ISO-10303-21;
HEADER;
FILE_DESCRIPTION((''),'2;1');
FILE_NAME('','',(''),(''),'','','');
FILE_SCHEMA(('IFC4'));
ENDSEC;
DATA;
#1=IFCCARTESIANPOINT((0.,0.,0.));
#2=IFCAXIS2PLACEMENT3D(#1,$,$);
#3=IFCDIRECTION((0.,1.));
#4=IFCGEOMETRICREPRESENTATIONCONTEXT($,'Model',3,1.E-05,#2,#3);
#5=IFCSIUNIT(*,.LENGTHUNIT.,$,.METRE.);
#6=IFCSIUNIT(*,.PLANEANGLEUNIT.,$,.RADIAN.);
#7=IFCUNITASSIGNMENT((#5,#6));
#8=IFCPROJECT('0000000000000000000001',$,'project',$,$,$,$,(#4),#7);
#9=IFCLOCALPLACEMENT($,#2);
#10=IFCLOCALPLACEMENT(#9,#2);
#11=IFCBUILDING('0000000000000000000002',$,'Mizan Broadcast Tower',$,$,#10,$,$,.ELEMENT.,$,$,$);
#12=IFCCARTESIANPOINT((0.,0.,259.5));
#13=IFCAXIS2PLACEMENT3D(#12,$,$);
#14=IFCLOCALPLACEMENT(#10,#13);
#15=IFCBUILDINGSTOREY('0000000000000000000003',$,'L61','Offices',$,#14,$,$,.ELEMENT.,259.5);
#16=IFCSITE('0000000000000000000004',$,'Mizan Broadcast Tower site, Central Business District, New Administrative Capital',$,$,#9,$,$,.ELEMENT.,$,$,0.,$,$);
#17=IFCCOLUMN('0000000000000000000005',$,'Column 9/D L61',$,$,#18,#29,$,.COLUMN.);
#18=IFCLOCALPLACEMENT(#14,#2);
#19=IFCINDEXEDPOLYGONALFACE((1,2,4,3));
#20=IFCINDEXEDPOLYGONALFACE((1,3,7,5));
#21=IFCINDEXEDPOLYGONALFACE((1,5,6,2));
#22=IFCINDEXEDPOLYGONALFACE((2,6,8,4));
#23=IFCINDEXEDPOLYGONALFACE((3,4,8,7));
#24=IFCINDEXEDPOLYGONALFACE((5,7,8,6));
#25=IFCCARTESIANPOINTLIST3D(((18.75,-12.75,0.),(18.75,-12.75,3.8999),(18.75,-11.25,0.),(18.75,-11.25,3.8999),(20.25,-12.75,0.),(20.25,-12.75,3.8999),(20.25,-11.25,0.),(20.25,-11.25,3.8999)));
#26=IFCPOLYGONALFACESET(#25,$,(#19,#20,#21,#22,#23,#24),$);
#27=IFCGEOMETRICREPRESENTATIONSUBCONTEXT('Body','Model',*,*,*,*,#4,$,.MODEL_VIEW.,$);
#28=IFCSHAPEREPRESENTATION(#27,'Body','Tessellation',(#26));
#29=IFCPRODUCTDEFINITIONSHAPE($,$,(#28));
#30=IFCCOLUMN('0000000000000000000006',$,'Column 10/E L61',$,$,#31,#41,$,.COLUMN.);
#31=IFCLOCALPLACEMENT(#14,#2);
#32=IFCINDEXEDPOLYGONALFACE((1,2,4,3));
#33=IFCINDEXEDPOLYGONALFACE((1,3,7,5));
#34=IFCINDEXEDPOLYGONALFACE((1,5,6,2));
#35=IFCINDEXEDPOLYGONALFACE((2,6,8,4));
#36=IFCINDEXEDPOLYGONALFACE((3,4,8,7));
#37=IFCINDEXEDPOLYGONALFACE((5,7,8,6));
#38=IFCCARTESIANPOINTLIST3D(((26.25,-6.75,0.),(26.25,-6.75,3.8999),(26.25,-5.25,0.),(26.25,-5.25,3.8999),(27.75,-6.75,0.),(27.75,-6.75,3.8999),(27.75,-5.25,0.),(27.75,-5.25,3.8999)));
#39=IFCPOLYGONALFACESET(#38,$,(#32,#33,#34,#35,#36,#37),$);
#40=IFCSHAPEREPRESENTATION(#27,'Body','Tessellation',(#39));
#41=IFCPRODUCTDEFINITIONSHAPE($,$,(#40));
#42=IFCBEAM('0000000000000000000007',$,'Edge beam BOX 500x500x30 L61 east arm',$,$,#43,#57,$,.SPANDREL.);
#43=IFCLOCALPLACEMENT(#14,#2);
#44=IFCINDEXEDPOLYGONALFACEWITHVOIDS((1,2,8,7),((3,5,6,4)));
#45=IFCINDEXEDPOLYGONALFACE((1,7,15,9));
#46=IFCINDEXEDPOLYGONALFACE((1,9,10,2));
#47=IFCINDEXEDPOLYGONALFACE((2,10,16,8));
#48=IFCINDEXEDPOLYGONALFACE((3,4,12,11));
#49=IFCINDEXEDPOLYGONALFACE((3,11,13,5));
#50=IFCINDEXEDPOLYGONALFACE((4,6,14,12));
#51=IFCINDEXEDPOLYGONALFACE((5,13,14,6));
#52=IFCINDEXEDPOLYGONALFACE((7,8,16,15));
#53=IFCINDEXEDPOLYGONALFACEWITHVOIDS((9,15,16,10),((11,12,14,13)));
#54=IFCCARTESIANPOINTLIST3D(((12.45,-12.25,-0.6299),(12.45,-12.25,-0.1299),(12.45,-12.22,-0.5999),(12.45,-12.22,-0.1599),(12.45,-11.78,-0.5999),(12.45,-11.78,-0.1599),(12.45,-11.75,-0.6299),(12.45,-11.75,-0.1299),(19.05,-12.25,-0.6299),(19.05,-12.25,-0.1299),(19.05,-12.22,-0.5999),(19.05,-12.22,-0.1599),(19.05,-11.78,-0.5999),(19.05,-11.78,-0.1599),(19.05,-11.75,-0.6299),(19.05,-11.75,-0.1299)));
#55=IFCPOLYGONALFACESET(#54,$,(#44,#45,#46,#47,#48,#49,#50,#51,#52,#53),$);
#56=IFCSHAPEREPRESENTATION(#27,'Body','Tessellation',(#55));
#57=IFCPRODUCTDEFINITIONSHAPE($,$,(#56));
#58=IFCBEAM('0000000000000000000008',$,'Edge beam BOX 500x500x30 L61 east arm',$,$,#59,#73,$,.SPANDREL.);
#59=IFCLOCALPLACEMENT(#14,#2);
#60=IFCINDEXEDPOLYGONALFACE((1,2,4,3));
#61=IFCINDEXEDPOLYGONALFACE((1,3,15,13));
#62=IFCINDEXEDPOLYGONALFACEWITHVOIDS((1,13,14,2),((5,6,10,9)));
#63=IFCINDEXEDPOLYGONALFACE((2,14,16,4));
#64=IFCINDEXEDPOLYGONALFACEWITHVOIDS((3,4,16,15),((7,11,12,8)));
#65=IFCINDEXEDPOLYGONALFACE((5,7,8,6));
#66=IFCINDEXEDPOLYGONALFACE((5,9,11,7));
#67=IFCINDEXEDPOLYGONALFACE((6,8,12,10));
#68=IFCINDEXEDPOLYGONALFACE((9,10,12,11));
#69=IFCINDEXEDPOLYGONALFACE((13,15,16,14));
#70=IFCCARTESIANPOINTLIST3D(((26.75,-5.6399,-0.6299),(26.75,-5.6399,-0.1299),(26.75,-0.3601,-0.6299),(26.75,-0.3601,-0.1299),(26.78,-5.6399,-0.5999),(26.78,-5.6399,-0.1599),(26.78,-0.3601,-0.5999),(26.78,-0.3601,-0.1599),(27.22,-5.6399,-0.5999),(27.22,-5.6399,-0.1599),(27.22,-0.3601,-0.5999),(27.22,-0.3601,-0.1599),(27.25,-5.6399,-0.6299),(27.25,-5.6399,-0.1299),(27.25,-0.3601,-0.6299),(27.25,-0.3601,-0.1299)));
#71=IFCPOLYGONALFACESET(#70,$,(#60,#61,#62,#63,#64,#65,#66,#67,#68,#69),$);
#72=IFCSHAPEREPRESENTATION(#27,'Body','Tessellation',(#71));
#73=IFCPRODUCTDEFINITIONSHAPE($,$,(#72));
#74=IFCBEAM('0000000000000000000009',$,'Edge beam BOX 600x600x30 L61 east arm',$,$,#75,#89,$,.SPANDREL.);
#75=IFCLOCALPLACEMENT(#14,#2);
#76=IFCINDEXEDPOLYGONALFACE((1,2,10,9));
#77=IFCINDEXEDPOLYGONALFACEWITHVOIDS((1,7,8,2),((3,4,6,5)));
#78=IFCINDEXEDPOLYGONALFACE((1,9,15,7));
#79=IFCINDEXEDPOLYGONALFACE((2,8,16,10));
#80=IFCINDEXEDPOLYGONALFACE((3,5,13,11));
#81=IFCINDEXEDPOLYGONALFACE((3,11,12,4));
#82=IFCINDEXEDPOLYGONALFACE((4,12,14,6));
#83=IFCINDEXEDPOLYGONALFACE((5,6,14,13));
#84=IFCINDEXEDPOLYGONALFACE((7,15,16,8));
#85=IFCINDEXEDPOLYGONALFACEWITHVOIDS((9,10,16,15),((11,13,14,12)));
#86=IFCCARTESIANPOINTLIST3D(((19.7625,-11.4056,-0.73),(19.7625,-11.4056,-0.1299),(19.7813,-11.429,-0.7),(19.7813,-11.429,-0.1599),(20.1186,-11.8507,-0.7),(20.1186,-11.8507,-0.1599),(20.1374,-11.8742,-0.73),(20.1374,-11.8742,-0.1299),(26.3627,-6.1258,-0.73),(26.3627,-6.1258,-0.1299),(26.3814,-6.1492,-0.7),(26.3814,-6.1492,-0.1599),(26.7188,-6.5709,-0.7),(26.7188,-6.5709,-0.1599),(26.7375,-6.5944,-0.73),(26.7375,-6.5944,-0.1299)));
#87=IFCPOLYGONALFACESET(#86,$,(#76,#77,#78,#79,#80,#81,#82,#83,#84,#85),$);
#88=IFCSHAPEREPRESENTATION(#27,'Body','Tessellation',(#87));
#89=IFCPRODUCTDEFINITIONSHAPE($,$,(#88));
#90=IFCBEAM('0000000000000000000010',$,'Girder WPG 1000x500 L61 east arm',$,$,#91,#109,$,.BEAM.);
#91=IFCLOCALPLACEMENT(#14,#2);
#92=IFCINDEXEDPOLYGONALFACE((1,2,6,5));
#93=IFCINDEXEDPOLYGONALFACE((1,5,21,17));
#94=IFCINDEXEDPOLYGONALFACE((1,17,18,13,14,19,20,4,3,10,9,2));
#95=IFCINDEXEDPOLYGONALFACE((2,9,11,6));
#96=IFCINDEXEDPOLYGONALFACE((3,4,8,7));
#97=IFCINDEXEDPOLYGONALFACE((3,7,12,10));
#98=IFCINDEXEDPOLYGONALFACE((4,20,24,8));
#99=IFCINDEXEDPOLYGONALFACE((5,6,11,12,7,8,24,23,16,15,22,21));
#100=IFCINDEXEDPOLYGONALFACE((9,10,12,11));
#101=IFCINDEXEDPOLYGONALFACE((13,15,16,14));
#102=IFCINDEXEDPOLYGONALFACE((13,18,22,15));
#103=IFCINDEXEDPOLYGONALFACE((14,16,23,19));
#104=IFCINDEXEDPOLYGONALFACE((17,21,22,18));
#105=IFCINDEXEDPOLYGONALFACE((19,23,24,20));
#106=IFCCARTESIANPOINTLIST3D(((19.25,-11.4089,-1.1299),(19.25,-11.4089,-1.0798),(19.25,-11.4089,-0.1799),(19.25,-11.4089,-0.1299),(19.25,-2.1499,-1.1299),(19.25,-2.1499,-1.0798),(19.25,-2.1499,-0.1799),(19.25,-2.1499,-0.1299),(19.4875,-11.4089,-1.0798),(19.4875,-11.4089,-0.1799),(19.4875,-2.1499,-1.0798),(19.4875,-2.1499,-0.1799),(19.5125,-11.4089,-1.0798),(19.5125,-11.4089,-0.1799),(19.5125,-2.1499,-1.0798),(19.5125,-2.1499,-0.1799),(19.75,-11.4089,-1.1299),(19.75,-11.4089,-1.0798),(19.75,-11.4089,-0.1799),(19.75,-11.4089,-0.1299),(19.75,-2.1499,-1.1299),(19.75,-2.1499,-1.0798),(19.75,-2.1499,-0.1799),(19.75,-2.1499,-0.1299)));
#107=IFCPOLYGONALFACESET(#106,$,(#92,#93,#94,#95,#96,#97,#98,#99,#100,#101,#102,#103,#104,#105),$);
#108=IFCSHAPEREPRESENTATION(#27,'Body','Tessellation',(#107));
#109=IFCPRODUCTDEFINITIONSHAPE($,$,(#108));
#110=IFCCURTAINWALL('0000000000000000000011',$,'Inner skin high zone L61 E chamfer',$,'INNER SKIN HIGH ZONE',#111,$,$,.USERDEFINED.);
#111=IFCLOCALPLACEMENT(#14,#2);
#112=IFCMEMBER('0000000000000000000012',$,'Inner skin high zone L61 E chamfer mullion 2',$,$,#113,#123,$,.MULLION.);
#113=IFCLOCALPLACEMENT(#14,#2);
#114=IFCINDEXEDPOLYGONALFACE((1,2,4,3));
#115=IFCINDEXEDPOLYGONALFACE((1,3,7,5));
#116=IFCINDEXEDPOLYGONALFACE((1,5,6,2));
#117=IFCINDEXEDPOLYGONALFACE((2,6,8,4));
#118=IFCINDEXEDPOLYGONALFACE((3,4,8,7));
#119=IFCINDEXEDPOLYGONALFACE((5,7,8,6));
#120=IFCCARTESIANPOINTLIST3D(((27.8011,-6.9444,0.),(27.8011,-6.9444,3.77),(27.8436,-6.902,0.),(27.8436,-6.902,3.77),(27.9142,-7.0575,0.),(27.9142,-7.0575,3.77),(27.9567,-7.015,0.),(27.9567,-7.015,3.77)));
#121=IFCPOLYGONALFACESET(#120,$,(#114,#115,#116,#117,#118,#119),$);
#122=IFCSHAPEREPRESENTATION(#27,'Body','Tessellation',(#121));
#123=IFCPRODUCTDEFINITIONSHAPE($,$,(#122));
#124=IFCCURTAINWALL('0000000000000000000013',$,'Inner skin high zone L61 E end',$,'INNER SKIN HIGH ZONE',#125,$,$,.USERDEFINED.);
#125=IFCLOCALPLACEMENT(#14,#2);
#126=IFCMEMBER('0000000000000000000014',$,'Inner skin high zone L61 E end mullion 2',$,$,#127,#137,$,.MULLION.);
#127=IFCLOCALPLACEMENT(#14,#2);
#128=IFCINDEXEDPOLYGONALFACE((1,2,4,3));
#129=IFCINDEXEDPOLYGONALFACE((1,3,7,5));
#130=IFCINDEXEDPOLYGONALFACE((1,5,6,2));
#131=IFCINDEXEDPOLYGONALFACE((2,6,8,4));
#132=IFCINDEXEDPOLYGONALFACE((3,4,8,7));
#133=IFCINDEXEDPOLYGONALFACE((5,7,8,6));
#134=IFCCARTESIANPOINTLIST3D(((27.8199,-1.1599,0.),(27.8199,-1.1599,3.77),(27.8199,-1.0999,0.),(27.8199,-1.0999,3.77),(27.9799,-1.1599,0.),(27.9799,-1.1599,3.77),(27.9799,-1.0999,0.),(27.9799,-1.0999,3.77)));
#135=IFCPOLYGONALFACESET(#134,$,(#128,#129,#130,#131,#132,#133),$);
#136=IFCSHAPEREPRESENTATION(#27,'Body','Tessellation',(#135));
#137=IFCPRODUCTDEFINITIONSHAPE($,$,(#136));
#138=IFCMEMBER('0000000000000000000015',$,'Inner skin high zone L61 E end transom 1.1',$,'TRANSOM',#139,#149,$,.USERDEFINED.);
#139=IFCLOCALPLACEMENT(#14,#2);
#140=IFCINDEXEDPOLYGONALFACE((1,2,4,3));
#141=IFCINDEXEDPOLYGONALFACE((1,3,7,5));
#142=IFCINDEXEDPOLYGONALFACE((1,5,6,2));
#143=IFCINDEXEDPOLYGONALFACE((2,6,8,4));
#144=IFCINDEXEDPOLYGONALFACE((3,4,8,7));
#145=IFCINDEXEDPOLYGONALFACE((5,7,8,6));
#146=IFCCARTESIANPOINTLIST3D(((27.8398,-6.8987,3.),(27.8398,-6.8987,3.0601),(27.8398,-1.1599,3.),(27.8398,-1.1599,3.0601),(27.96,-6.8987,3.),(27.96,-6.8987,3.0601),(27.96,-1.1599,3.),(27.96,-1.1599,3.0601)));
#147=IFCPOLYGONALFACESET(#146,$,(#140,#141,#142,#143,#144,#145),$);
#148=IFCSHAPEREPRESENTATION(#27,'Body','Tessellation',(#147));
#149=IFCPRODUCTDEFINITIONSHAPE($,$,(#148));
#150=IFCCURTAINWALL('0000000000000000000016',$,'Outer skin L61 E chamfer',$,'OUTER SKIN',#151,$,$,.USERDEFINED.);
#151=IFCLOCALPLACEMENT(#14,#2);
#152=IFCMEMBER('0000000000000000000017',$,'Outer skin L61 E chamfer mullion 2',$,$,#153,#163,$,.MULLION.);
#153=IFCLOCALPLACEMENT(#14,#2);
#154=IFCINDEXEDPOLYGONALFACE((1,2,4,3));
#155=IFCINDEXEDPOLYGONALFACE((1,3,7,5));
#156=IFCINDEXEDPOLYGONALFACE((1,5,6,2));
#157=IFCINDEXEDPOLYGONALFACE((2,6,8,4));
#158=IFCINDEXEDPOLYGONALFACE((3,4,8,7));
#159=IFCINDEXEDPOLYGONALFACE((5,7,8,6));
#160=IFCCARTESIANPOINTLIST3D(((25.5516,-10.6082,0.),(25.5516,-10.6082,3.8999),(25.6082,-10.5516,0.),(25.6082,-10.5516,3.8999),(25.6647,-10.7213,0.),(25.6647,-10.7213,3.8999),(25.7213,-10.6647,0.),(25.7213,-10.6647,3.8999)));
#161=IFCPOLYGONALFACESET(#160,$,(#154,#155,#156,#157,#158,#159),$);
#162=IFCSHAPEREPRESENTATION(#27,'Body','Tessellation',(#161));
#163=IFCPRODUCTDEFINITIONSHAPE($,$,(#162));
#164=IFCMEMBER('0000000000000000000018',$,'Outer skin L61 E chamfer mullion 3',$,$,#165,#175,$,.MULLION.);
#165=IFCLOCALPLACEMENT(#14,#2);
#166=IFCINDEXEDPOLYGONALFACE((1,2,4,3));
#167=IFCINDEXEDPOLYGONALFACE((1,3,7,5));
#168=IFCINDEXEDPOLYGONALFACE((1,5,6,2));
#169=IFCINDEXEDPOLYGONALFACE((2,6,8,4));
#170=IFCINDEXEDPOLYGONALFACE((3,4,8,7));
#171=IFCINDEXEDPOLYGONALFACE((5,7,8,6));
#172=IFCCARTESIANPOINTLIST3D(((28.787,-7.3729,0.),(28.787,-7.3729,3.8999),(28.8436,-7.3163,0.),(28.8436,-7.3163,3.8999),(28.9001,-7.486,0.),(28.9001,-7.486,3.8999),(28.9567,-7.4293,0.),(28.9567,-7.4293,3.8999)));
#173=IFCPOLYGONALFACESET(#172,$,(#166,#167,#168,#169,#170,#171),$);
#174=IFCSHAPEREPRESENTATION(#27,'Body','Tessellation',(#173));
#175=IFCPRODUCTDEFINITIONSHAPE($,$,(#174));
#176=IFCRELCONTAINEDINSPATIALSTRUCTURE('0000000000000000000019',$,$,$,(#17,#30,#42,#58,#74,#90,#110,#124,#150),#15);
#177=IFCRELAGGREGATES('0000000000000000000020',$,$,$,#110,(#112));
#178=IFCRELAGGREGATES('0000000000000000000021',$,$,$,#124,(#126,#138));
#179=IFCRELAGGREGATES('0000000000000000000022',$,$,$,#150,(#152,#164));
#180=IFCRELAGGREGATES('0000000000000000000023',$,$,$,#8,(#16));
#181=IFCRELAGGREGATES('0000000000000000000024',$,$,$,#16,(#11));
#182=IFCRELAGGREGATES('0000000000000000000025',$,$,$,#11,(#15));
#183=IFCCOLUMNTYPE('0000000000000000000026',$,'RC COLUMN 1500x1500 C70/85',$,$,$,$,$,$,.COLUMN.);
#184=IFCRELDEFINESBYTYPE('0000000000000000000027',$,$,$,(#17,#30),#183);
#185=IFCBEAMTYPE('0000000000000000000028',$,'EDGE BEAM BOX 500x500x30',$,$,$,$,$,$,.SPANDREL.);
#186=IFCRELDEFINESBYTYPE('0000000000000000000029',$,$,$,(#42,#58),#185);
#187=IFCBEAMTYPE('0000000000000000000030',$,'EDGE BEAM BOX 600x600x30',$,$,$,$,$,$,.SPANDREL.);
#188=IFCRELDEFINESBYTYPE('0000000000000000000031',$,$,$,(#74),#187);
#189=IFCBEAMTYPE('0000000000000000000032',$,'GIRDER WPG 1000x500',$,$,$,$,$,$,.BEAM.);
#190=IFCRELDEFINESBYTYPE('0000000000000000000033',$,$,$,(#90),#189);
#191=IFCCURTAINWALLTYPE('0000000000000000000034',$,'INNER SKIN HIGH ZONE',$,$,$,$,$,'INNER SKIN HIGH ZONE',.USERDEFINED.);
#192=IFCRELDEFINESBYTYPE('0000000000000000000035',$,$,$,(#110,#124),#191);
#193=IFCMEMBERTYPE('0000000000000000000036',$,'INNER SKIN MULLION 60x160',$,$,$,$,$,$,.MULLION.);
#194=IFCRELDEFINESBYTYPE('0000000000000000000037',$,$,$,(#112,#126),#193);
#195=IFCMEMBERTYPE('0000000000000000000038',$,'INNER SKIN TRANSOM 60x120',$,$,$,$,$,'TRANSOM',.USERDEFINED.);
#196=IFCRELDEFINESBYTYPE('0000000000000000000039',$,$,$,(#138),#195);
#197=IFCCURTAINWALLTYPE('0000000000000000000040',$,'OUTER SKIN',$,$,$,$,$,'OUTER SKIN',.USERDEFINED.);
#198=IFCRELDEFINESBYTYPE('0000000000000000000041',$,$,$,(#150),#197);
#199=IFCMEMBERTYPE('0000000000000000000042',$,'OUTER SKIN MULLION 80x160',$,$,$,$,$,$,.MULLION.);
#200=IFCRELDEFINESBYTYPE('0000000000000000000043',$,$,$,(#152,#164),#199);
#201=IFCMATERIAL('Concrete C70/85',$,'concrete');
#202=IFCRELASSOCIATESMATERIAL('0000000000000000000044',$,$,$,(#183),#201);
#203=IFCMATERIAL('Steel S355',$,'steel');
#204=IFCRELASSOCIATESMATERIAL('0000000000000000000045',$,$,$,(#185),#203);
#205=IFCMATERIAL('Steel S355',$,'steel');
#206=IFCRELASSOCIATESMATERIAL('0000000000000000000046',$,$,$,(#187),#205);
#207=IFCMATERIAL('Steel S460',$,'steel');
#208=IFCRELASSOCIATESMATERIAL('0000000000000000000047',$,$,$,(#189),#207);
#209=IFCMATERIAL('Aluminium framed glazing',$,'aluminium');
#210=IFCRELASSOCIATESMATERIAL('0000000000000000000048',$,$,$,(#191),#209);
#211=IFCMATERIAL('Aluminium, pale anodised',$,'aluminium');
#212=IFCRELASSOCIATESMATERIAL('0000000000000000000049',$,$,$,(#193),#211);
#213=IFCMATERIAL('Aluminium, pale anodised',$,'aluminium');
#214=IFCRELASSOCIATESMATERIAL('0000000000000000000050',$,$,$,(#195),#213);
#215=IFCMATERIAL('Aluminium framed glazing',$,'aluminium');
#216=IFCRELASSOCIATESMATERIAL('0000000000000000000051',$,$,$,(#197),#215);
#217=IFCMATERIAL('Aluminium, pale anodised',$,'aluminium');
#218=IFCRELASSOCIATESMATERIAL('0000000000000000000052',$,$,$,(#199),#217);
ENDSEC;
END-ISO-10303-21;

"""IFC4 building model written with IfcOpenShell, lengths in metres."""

from ifc_helpers import new_model, si_unit, direction, frame, origin, origin_2d, place, context, subcontext, project, spatial, rectangle, hollow_rectangle, i_section, extrude, material, material_profile, profile_set, type_object, element, aggregate, save


model = new_model("IFC4")

# Units and contexts
model_context = context("Model", 3, precision=1e-05, world=origin(), true_north=direction((0.0, 1.0)))
body_context = subcontext(model_context, "Body", "Model", "MODEL_VIEW")
ifc_project = project(units=[si_unit("LENGTHUNIT", "METRE"), si_unit("PLANEANGLEUNIT", "RADIAN")], contexts=[model_context])

# Site, building, storey
site_placement = place(None, origin())
site = spatial("IfcSite", under=ifc_project, at=site_placement, Name="Mizan Broadcast Tower site, Central Business District, New Administrative Capital", CompositionType="ELEMENT", RefElevation=0.0)
building_placement = place(site_placement, origin())
building = spatial("IfcBuilding", under=site, at=building_placement, Name="Mizan Broadcast Tower", CompositionType="ELEMENT")
storey_placement = place(building_placement, frame((0.0, 0.0, 259.5)))
storey = spatial("IfcBuildingStorey", under=building, at=storey_placement, Name="L61", Description="Offices", CompositionType="ELEMENT", Elevation=259.5)

# Columns
ifc_material_1 = material(Name="Concrete C70/85", Category="concrete")
ifc_material_profile_1 = material_profile(ifc_material_1, rectangle(XDim=1.5, YDim=1.5, at=origin_2d()), Name="RC 1500x1500")
ifc_profile_set_1 = profile_set([ifc_material_profile_1], Name="Concrete C70/85")
column_type = type_object("IfcColumnType", Name="RC COLUMN 1500x1500 C70/85", PredefinedType="COLUMN", material=ifc_profile_set_1)
for number, where, z_axis, x_axis, name in (
    (1, (19.5, -12.0, 0.0), (0.0, 0.0, 1.0), (1.0, 0.0, 0.0), "Column 9/D L61"),
    (2, (27.0, -6.0, 0.0), (0.0, 0.0, 1.0), (1.0, 0.0, 0.0), "Column 10/E L61"),
):
    element("IfcColumn", number, at=place(storey_placement, frame(where, z_axis=z_axis, x_axis=x_axis)), inside=storey, type_object=column_type, Name=name, PredefinedType="COLUMN", context=body_context, shape_type="SweptSolid", body=[
        extrude(rectangle(XDim=1.5, YDim=1.5, at=origin_2d()), origin(), (0.0, 0.0, 1.0), 3.8999),
    ])

# Beams
ifc_material_2 = material(Name="Steel S355", Category="steel")
ifc_material_profile_2 = material_profile(ifc_material_2, hollow_rectangle(XDim=0.5, YDim=0.5, WallThickness=0.03, at=origin_2d()), Name="BOX 500x500x30")
ifc_profile_set_2 = profile_set([ifc_material_profile_2], Name="Steel S355")
beam_type_1 = type_object("IfcBeamType", Name="EDGE BEAM BOX 500x500x30", PredefinedType="SPANDREL", material=ifc_profile_set_2)
beam_1_placement = place(storey_placement, frame((12.45, -12.0, -0.3799), z_axis=(1.0, 0.0, 0.0), x_axis=(0.0, 1.0, 0.0)))
element("IfcBeam", 3, at=beam_1_placement, inside=storey, type_object=beam_type_1, Name="Edge beam BOX 500x500x30 L61 east arm", PredefinedType="SPANDREL", context=body_context, shape_type="SweptSolid", body=[
    extrude(hollow_rectangle(XDim=0.5, YDim=0.5, WallThickness=0.03, at=origin_2d()), origin(), (0.0, 0.0, 1.0), 6.6001),
])
beam_2_placement = place(storey_placement, frame((27.0, -5.6399, -0.3799), z_axis=(0.0, 1.0, 0.0), x_axis=(-1.0, 0.0, 0.0)))
element("IfcBeam", 4, at=beam_2_placement, inside=storey, type_object=beam_type_1, Name="Edge beam BOX 500x500x30 L61 east arm", PredefinedType="SPANDREL", context=body_context, shape_type="SweptSolid", body=[
    extrude(hollow_rectangle(XDim=0.5, YDim=0.5, WallThickness=0.03, at=origin_2d()), origin(), (0.0, 0.0, 1.0), 5.2798),
])
ifc_material_3 = material(Name="Steel S355", Category="steel")
ifc_material_profile_3 = material_profile(ifc_material_3, hollow_rectangle(XDim=0.6001, YDim=0.6001, WallThickness=0.03, at=origin_2d()), Name="BOX 600x600x30")
ifc_profile_set_3 = profile_set([ifc_material_profile_3], Name="Steel S355")
beam_type_2 = type_object("IfcBeamType", Name="EDGE BEAM BOX 600x600x30", PredefinedType="SPANDREL", material=ifc_profile_set_3)
beam_3_placement = place(storey_placement, frame((19.95, -11.6399, -0.4299), z_axis=(0.780886, 0.624674, 0.0), x_axis=(-0.624674, 0.780886, 0.0)))
element("IfcBeam", 5, at=beam_3_placement, inside=storey, type_object=beam_type_2, Name="Edge beam BOX 600x600x30 L61 east arm", PredefinedType="SPANDREL", context=body_context, shape_type="SweptSolid", body=[
    extrude(hollow_rectangle(XDim=0.6001, YDim=0.6001, WallThickness=0.03, at=origin_2d()), origin(), (0.0, 0.0, 1.0), 8.4521),
])
ifc_material_4 = material(Name="Steel S460", Category="steel")
ifc_material_profile_4 = material_profile(ifc_material_4, i_section(OverallWidth=0.5, OverallDepth=1.0, WebThickness=0.0249, FlangeThickness=0.05, at=origin_2d()), Name="WPG 1000x500")
ifc_profile_set_4 = profile_set([ifc_material_profile_4], Name="Steel S460")
beam_type_3 = type_object("IfcBeamType", Name="GIRDER WPG 1000x500", PredefinedType="BEAM", material=ifc_profile_set_4)
beam_4_placement = place(storey_placement, frame((19.5, -11.4089, -0.6299), z_axis=(0.0, 1.0, 0.0), x_axis=(-1.0, 0.0, 0.0)))
element("IfcBeam", 6, at=beam_4_placement, inside=storey, type_object=beam_type_3, Name="Girder WPG 1000x500 L61 east arm", PredefinedType="BEAM", context=body_context, shape_type="SweptSolid", body=[
    extrude(i_section(OverallWidth=0.5, OverallDepth=1.0, WebThickness=0.0249, FlangeThickness=0.05, at=origin_2d()), origin(), (0.0, 0.0, 1.0), 9.259),
])

# Curtain wall, member
ifc_material_5 = material(Name="Aluminium framed glazing", Category="aluminium")
curtain_wall_type_1 = type_object("IfcCurtainWallType", Name="INNER SKIN HIGH ZONE", ElementType="INNER SKIN HIGH ZONE", PredefinedType="USERDEFINED", material=ifc_material_5)
curtain_wall_1_placement = place(storey_placement, origin())
curtain_wall_1 = element("IfcCurtainWall", 7, at=curtain_wall_1_placement, inside=storey, type_object=curtain_wall_type_1, Name="Inner skin high zone L61 E chamfer", ObjectType="INNER SKIN HIGH ZONE", PredefinedType="USERDEFINED")
ifc_material_6 = material(Name="Aluminium, pale anodised", Category="aluminium")
ifc_material_profile_5 = material_profile(ifc_material_6, rectangle(XDim=0.1599, YDim=0.0601, at=origin_2d()), Name="MULLION 160x60")
ifc_profile_set_5 = profile_set([ifc_material_profile_5], Name="Aluminium, pale anodised")
member_type_1 = type_object("IfcMemberType", Name="INNER SKIN MULLION 60x160", PredefinedType="MULLION", material=ifc_profile_set_5)
member_1_placement = place(storey_placement, frame((27.8789, -6.9797, 0.0), z_axis=(0.0, 0.0, 1.0), x_axis=(-0.707107, 0.707107, 0.0)))
member_1 = element("IfcMember", 8, at=member_1_placement, type_object=member_type_1, Name="Inner skin high zone L61 E chamfer mullion 2", PredefinedType="MULLION", context=body_context, shape_type="SweptSolid", body=[
    extrude(rectangle(XDim=0.1599, YDim=0.0601, at=origin_2d()), origin(), (0.0, 0.0, 1.0), 3.77),
])

# Curtain walls, members
curtain_wall_2_placement = place(storey_placement, origin())
curtain_wall_2 = element("IfcCurtainWall", 9, at=curtain_wall_2_placement, inside=storey, type_object=curtain_wall_type_1, Name="Inner skin high zone L61 E end", ObjectType="INNER SKIN HIGH ZONE", PredefinedType="USERDEFINED")
member_2_placement = place(storey_placement, frame((27.8999, -1.1299, 0.0), z_axis=(0.0, 0.0, 1.0), x_axis=(-1.0, 0.0, 0.0)))
member_2 = element("IfcMember", 10, at=member_2_placement, type_object=member_type_1, Name="Inner skin high zone L61 E end mullion 2", PredefinedType="MULLION", context=body_context, shape_type="SweptSolid", body=[
    extrude(rectangle(XDim=0.1599, YDim=0.0601, at=origin_2d()), origin(), (0.0, 0.0, 1.0), 3.77),
])
ifc_material_7 = material(Name="Aluminium, pale anodised", Category="aluminium")
ifc_material_profile_6 = material_profile(ifc_material_7, rectangle(XDim=0.1201, YDim=0.0601, at=origin_2d()), Name="TRANSOM 120x60")
ifc_profile_set_6 = profile_set([ifc_material_profile_6], Name="Aluminium, pale anodised")
member_type_2 = type_object("IfcMemberType", Name="INNER SKIN TRANSOM 60x120", ElementType="TRANSOM", PredefinedType="USERDEFINED", material=ifc_profile_set_6)
member_3_placement = place(storey_placement, frame((27.8999, -6.8987, 3.03), z_axis=(0.0, 1.0, 0.0), x_axis=(-1.0, 0.0, 0.0)))
member_3 = element("IfcMember", 11, at=member_3_placement, type_object=member_type_2, Name="Inner skin high zone L61 E end transom 1.1", ObjectType="TRANSOM", PredefinedType="USERDEFINED", context=body_context, shape_type="SweptSolid", body=[
    extrude(rectangle(XDim=0.1201, YDim=0.0601, at=origin_2d()), origin(), (0.0, 0.0, 1.0), 5.7388),
])
ifc_material_8 = material(Name="Aluminium framed glazing", Category="aluminium")
curtain_wall_type_2 = type_object("IfcCurtainWallType", Name="OUTER SKIN", ElementType="OUTER SKIN", PredefinedType="USERDEFINED", material=ifc_material_8)
curtain_wall_3_placement = place(storey_placement, origin())
curtain_wall_3 = element("IfcCurtainWall", 12, at=curtain_wall_3_placement, inside=storey, type_object=curtain_wall_type_2, Name="Outer skin L61 E chamfer", ObjectType="OUTER SKIN", PredefinedType="USERDEFINED")
ifc_material_9 = material(Name="Aluminium, pale anodised", Category="aluminium")
ifc_material_profile_7 = material_profile(ifc_material_9, rectangle(XDim=0.1599, YDim=0.0801, at=origin_2d()), Name="MULLION 160x80")
ifc_profile_set_7 = profile_set([ifc_material_profile_7], Name="Aluminium, pale anodised")
member_type_3 = type_object("IfcMemberType", Name="OUTER SKIN MULLION 80x160", PredefinedType="MULLION", material=ifc_profile_set_7)
member_4_placement = place(storey_placement, frame((25.6365, -10.6365, 0.0), z_axis=(0.0, 0.0, 1.0), x_axis=(-0.707107, 0.707107, 0.0)))
member_4 = element("IfcMember", 13, at=member_4_placement, type_object=member_type_3, Name="Outer skin L61 E chamfer mullion 2", PredefinedType="MULLION", context=body_context, shape_type="SweptSolid", body=[
    extrude(rectangle(XDim=0.1599, YDim=0.0801, at=origin_2d()), origin(), (0.0, 0.0, 1.0), 3.8999),
])
member_5_placement = place(storey_placement, frame((28.8718, -7.4011, 0.0), z_axis=(0.0, 0.0, 1.0), x_axis=(-0.707107, 0.707107, 0.0)))
member_5 = element("IfcMember", 14, at=member_5_placement, type_object=member_type_3, Name="Outer skin L61 E chamfer mullion 3", PredefinedType="MULLION", context=body_context, shape_type="SweptSolid", body=[
    extrude(rectangle(XDim=0.1599, YDim=0.0801, at=origin_2d()), origin(), (0.0, 0.0, 1.0), 3.8999),
])

aggregate(curtain_wall_1, [member_1])
aggregate(curtain_wall_2, [member_2, member_3])
aggregate(curtain_wall_3, [member_4, member_5])

save(model, "model.ifc")
